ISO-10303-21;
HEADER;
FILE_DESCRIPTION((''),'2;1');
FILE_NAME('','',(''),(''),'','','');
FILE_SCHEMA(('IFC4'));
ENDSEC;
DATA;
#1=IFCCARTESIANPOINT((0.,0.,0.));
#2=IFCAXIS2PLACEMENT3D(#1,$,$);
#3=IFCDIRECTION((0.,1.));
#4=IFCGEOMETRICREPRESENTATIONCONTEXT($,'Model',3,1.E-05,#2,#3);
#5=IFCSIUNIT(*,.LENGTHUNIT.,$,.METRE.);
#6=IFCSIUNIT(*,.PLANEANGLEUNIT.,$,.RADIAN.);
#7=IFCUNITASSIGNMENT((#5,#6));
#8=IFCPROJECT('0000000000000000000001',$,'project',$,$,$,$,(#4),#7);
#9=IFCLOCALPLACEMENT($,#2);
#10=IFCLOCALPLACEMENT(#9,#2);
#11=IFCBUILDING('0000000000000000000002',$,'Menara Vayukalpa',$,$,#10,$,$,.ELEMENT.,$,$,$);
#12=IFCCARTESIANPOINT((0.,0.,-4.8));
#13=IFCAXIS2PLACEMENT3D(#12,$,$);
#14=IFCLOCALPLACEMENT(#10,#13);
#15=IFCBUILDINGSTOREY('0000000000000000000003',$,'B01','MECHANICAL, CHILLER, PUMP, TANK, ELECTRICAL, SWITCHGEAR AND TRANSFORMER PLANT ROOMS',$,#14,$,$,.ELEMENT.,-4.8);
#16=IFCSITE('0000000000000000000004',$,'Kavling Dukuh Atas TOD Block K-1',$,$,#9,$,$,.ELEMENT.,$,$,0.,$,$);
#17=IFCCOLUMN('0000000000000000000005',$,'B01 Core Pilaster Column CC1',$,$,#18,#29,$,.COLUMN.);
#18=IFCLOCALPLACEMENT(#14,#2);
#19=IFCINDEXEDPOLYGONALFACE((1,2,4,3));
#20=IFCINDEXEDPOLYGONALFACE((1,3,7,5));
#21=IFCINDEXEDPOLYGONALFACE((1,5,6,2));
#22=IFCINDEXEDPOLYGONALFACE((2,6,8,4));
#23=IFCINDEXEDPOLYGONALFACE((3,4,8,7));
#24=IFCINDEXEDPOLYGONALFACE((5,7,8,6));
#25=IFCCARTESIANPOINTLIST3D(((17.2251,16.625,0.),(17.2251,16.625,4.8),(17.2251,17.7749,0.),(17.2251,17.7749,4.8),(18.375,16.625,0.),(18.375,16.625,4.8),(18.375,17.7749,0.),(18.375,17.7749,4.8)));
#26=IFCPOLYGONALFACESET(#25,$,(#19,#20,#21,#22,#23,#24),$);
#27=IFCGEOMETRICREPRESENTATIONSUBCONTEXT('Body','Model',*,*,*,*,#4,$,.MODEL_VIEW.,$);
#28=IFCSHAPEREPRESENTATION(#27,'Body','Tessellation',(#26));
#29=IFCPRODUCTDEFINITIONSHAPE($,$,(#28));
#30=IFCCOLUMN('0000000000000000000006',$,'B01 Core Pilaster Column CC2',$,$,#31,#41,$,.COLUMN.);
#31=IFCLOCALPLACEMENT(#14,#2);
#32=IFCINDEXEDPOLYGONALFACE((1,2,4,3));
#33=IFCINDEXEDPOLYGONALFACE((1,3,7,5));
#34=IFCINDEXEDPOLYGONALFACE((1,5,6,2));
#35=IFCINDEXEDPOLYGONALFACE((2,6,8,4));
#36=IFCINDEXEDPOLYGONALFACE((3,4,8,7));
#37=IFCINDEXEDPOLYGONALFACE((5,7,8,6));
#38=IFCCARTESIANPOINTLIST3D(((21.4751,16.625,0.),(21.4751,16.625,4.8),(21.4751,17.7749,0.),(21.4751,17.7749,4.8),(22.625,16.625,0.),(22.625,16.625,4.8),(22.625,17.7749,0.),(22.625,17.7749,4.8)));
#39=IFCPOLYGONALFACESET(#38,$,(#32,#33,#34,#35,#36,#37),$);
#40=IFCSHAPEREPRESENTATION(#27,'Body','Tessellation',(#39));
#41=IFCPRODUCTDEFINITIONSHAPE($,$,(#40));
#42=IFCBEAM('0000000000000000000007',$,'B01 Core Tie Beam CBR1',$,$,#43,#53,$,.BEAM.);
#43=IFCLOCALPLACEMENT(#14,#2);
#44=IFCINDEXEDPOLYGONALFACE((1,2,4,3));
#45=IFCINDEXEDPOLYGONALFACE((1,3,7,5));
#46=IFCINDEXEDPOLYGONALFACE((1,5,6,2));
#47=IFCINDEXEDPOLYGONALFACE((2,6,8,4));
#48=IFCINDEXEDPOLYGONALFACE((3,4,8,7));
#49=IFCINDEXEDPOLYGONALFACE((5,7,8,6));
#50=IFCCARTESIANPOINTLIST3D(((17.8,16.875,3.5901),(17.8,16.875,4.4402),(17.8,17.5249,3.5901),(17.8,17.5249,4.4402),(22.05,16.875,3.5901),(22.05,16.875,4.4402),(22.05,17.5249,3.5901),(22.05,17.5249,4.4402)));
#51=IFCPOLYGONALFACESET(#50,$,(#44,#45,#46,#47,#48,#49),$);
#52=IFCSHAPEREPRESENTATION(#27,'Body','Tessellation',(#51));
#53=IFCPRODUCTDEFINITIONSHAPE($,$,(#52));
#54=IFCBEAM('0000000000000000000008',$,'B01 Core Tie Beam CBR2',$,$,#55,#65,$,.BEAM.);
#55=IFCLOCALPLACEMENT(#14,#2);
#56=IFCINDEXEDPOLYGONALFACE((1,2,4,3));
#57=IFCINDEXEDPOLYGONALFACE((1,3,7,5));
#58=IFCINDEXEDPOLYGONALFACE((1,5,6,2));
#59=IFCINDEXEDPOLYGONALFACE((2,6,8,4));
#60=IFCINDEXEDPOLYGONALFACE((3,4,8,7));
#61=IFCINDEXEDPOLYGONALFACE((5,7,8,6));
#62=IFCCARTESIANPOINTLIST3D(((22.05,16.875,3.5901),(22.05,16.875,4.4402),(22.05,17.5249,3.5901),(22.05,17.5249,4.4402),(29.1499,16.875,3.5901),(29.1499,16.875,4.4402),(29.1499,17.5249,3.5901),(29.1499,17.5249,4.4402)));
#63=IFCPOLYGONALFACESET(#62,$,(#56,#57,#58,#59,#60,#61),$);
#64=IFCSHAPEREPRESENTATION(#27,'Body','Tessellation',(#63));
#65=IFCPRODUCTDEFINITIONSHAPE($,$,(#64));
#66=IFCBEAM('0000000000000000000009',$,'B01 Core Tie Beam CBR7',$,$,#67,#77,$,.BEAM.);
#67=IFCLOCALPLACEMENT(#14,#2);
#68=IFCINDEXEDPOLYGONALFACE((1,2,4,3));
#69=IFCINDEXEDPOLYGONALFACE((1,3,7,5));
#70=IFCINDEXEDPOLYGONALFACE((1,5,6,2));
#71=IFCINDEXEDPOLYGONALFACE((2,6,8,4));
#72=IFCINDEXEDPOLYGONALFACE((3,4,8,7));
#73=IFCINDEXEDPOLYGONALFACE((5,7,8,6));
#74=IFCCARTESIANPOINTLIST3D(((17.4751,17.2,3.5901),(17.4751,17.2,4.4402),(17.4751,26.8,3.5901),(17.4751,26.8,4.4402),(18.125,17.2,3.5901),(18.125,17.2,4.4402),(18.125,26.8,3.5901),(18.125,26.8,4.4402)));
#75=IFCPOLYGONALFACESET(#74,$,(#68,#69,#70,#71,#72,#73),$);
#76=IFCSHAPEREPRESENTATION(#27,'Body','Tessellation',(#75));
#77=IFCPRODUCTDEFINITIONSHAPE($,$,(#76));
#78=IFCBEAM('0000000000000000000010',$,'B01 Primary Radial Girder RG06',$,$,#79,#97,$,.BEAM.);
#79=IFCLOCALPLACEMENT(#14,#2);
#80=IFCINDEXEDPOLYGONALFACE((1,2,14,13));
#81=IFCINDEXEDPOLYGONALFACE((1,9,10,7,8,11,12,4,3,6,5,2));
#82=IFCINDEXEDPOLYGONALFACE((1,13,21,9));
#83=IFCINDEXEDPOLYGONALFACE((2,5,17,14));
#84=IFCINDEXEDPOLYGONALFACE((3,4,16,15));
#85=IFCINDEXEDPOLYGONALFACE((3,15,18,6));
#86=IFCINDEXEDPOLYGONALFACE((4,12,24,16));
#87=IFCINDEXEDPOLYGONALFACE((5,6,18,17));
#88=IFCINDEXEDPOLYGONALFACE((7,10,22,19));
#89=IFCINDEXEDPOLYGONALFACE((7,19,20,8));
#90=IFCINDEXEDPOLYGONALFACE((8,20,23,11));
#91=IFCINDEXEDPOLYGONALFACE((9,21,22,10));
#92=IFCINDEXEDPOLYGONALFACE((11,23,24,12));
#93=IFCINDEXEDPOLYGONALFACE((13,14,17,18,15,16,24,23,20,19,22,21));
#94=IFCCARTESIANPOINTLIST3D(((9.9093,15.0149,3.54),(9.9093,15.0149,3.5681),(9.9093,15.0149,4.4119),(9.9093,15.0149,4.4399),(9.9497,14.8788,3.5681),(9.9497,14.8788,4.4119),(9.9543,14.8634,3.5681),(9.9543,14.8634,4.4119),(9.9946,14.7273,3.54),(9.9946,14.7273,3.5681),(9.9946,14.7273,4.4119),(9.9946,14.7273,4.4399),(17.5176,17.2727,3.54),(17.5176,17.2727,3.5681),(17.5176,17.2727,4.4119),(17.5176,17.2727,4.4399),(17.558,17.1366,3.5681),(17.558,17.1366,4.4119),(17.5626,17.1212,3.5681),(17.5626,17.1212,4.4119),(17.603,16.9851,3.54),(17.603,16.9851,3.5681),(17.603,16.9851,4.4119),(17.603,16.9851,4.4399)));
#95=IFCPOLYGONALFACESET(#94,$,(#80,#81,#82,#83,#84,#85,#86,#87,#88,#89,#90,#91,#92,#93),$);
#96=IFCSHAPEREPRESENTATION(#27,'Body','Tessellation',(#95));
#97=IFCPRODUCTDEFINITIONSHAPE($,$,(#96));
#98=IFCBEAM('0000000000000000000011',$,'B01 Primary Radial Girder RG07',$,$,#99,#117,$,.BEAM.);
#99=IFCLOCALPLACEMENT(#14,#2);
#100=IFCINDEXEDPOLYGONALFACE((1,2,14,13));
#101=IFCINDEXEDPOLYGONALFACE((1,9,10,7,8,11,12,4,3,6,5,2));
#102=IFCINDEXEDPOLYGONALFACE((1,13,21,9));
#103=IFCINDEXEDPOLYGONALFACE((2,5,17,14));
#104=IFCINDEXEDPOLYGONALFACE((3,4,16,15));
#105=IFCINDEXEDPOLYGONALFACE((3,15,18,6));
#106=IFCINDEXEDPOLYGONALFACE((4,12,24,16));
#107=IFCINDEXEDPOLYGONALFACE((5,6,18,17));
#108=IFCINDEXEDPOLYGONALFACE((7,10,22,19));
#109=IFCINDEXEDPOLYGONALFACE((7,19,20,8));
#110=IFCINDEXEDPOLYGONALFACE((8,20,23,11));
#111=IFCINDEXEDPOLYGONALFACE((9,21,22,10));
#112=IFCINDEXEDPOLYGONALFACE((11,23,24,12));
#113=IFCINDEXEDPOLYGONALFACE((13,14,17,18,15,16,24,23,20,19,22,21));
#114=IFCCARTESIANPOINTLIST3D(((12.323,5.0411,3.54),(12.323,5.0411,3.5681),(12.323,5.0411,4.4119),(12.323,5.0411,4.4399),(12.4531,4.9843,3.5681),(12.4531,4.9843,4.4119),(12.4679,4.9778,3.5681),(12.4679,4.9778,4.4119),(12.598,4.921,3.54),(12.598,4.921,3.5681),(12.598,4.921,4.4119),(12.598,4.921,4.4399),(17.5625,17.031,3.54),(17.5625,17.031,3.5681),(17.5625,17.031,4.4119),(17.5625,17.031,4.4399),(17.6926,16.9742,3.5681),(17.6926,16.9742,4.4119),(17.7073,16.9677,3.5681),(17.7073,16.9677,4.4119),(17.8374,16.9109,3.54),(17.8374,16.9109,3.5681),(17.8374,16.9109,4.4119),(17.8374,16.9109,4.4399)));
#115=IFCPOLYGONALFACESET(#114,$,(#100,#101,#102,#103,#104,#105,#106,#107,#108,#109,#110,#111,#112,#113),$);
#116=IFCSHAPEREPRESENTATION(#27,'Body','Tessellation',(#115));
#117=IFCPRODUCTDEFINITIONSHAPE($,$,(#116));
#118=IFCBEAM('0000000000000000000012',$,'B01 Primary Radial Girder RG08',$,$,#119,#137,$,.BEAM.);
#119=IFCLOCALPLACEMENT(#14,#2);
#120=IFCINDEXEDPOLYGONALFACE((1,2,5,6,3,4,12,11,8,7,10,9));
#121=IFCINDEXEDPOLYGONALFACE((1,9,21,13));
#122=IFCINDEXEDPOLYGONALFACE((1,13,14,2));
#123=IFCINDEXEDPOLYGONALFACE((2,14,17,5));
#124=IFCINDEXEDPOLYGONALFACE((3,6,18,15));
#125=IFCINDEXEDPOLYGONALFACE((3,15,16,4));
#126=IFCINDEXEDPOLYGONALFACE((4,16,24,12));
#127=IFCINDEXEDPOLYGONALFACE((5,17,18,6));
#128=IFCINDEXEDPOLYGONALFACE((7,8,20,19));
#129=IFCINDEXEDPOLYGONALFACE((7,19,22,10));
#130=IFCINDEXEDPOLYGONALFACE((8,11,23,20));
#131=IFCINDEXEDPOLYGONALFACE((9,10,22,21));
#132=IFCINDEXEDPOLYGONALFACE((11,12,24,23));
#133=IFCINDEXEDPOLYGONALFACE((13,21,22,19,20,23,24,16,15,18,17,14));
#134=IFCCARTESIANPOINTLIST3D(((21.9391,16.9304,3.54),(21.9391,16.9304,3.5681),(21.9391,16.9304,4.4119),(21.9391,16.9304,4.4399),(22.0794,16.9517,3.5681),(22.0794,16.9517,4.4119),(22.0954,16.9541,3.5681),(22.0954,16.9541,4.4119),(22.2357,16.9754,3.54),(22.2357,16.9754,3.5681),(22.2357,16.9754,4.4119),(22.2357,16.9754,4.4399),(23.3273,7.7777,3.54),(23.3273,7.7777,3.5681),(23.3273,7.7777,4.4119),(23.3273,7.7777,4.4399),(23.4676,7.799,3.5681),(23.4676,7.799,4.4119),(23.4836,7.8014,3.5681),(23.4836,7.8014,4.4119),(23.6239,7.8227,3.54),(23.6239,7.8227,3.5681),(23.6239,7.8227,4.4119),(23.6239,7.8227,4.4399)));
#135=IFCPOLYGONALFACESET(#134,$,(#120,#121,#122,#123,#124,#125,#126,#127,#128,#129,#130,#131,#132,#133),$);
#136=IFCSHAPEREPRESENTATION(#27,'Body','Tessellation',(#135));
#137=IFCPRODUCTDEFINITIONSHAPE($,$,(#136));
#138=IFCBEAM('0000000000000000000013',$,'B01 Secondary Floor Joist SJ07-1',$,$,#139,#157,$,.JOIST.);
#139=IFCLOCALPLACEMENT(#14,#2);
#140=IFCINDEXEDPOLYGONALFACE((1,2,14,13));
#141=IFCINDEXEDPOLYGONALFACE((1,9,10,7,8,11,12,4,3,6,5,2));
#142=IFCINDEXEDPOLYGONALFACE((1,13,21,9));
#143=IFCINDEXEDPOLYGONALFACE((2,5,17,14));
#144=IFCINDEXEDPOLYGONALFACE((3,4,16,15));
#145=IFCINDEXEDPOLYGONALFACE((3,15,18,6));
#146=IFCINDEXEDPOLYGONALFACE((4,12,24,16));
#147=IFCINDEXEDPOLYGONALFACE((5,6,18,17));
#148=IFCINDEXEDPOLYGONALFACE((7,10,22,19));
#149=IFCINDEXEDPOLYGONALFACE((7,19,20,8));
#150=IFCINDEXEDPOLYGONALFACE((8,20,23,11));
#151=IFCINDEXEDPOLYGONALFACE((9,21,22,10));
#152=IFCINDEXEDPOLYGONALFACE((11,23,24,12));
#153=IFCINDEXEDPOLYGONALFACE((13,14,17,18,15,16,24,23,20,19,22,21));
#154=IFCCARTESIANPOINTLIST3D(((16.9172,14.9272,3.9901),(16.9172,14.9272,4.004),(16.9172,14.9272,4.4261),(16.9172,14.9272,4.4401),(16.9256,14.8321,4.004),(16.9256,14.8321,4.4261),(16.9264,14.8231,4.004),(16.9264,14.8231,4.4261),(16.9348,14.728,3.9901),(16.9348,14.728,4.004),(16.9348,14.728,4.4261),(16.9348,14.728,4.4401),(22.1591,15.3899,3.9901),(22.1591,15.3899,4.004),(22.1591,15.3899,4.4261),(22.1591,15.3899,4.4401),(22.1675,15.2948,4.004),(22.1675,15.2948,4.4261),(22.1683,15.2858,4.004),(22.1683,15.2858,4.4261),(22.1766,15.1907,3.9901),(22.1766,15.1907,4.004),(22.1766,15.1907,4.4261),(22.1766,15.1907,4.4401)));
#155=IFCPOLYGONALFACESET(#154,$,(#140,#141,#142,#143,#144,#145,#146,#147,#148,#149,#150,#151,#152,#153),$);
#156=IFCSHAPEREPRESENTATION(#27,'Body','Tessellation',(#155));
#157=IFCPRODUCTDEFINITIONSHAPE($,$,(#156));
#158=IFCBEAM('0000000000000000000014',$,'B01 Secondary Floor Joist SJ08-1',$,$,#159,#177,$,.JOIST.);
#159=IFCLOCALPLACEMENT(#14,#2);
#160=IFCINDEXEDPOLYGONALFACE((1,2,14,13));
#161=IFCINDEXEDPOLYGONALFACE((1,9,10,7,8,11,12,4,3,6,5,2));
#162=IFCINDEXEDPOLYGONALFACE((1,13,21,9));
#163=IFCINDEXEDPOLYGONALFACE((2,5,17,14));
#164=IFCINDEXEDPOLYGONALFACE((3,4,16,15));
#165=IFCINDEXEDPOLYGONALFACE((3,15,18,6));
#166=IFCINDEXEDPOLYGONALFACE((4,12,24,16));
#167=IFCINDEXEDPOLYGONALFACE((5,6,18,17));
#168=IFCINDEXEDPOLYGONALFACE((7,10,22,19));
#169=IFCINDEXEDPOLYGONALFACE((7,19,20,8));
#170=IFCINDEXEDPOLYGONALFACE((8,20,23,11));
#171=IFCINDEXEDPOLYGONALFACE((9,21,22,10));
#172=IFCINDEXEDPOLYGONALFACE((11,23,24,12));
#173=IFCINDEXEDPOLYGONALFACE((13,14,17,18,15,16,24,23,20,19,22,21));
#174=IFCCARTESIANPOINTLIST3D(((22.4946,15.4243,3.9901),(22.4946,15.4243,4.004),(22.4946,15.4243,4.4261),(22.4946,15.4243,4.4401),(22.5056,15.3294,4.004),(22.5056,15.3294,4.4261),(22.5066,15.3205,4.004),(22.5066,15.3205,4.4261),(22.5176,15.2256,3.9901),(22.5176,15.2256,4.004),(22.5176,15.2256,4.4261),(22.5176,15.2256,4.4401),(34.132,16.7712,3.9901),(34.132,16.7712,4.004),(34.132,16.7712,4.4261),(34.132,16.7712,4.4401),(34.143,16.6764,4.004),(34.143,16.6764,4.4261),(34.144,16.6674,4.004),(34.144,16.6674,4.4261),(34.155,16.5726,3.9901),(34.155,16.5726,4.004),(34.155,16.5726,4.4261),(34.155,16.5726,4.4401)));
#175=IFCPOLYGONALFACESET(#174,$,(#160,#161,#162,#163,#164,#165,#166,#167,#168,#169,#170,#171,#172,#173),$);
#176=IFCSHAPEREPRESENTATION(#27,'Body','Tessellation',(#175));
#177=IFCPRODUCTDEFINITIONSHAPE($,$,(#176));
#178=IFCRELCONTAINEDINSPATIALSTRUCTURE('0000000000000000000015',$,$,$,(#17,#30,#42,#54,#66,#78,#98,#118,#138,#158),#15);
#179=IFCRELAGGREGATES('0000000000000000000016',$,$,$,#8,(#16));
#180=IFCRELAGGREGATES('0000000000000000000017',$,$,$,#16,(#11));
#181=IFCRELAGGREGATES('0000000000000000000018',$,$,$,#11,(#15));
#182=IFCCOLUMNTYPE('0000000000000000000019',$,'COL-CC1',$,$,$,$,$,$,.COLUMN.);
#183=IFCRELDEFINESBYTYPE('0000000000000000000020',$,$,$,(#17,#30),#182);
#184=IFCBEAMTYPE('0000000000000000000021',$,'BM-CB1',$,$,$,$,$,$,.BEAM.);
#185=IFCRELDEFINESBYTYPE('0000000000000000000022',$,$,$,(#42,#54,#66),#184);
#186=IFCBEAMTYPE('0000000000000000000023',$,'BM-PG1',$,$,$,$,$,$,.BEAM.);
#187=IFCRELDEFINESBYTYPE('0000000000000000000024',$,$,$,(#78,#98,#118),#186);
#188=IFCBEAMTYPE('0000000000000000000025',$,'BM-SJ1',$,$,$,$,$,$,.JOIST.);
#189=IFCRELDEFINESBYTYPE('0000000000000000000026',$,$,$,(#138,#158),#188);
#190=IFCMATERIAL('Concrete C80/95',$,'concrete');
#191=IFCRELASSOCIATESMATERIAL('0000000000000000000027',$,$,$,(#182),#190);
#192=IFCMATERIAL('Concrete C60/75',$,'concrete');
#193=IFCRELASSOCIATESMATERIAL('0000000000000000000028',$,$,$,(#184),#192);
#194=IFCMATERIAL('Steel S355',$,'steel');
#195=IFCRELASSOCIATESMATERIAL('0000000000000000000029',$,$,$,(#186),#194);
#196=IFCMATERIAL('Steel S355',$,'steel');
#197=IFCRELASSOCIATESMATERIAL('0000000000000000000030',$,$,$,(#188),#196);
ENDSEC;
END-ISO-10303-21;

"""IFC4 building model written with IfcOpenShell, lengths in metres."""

from ifc_helpers import new_model, si_unit, direction, frame, origin, origin_2d, place, context, subcontext, project, spatial, rectangle, i_section, extrude, material, material_profile, profile_set, type_object, element, save


model = new_model("IFC4")

# Units and contexts
model_context = context("Model", 3, precision=1e-05, world=origin(), true_north=direction((0.0, 1.0)))
body_context = subcontext(model_context, "Body", "Model", "MODEL_VIEW")
ifc_project = project(units=[si_unit("LENGTHUNIT", "METRE"), si_unit("PLANEANGLEUNIT", "RADIAN")], contexts=[model_context])

# Site, building, storey
site_placement = place(None, origin())
site = spatial("IfcSite", under=ifc_project, at=site_placement, Name="Kavling Dukuh Atas TOD Block K-1", CompositionType="ELEMENT", RefElevation=0.0)
building_placement = place(site_placement, origin())
building = spatial("IfcBuilding", under=site, at=building_placement, Name="Menara Vayukalpa", CompositionType="ELEMENT")
storey_placement = place(building_placement, frame((0.0, 0.0, -4.8)))
storey = spatial("IfcBuildingStorey", under=building, at=storey_placement, Name="B01", Description="MECHANICAL, CHILLER, PUMP, TANK, ELECTRICAL, SWITCHGEAR AND TRANSFORMER PLANT ROOMS", CompositionType="ELEMENT", Elevation=-4.8)

# Columns
ifc_material_1 = material(Name="Concrete C80/95", Category="concrete")
ifc_material_profile_1 = material_profile(ifc_material_1, rectangle(XDim=1.1499, YDim=1.1499, at=origin_2d()), Name="RC 1150x1150")
ifc_profile_set_1 = profile_set([ifc_material_profile_1], Name="Concrete C80/95")
column_type = type_object("IfcColumnType", Name="COL-CC1", PredefinedType="COLUMN", material=ifc_profile_set_1)
for number, where, z_axis, x_axis, name in (
    (1, (17.8, 17.2, 0.0), (0.0, 0.0, 1.0), (1.0, 0.0, 0.0), "B01 Core Pilaster Column CC1"),
    (2, (22.05, 17.2, 0.0), (0.0, 0.0, 1.0), (1.0, 0.0, 0.0), "B01 Core Pilaster Column CC2"),
):
    element("IfcColumn", number, at=place(storey_placement, frame(where, z_axis=z_axis, x_axis=x_axis)), inside=storey, type_object=column_type, Name=name, PredefinedType="COLUMN", context=body_context, shape_type="SweptSolid", body=[
        extrude(rectangle(XDim=1.1499, YDim=1.1499, at=origin_2d()), origin(), (0.0, 0.0, 1.0), 4.8),
    ])

# Beams
ifc_material_2 = material(Name="Concrete C60/75", Category="concrete")
ifc_material_profile_2 = material_profile(ifc_material_2, rectangle(XDim=0.6499, YDim=0.8501, at=origin_2d()), Name="RC 650x850")
ifc_profile_set_2 = profile_set([ifc_material_profile_2], Name="Concrete C60/75")
beam_type_1 = type_object("IfcBeamType", Name="BM-CB1", PredefinedType="BEAM", material=ifc_profile_set_2)
beam_1_placement = place(storey_placement, frame((17.8, 17.2, 4.0151), z_axis=(1.0, 0.0, 0.0), x_axis=(0.0, 1.0, 0.0)))
element("IfcBeam", 3, at=beam_1_placement, inside=storey, type_object=beam_type_1, Name="B01 Core Tie Beam CBR1", PredefinedType="BEAM", context=body_context, shape_type="SweptSolid", body=[
    extrude(rectangle(XDim=0.6499, YDim=0.8501, at=origin_2d()), origin(), (0.0, 0.0, 1.0), 4.25),
])
beam_2_placement = place(storey_placement, frame((22.05, 17.2, 4.0151), z_axis=(1.0, 0.0, 0.0), x_axis=(0.0, 1.0, 0.0)))
element("IfcBeam", 4, at=beam_2_placement, inside=storey, type_object=beam_type_1, Name="B01 Core Tie Beam CBR2", PredefinedType="BEAM", context=body_context, shape_type="SweptSolid", body=[
    extrude(rectangle(XDim=0.6499, YDim=0.8501, at=origin_2d()), origin(), (0.0, 0.0, 1.0), 7.0999),
])
beam_3_placement = place(storey_placement, frame((17.8, 17.2, 4.0151), z_axis=(0.0, 1.0, 0.0), x_axis=(-1.0, 0.0, 0.0)))
element("IfcBeam", 5, at=beam_3_placement, inside=storey, type_object=beam_type_1, Name="B01 Core Tie Beam CBR7", PredefinedType="BEAM", context=body_context, shape_type="SweptSolid", body=[
    extrude(rectangle(XDim=0.6499, YDim=0.8501, at=origin_2d()), origin(), (0.0, 0.0, 1.0), 9.6001),
])
ifc_material_3 = material(Name="Steel S355", Category="steel")
ifc_material_profile_3 = material_profile(ifc_material_3, i_section(OverallWidth=0.3, OverallDepth=0.8999, WebThickness=0.0161, FlangeThickness=0.0281, at=origin_2d()), Name="WF 900x300x16x28")
ifc_profile_set_3 = profile_set([ifc_material_profile_3], Name="Steel S355")
beam_type_2 = type_object("IfcBeamType", Name="BM-PG1", PredefinedType="BEAM", material=ifc_profile_set_3)
beam_4_placement = place(storey_placement, frame((17.5603, 17.1289, 3.99), z_axis=(-0.958679, -0.284491, 0.0), x_axis=(0.284491, -0.958679, 0.0)))
element("IfcBeam", 6, at=beam_4_placement, inside=storey, type_object=beam_type_2, Name="B01 Primary Radial Girder RG06", PredefinedType="BEAM", context=body_context, shape_type="SweptSolid", body=[
    extrude(i_section(OverallWidth=0.3, OverallDepth=0.8999, WebThickness=0.0161, FlangeThickness=0.0281, at=origin_2d()), origin(), (0.0, 0.0, 1.0), 7.9363),
])
beam_5_placement = place(storey_placement, frame((17.7, 16.9709, 3.99), z_axis=(-0.400426, -0.916329, 0.0), x_axis=(0.916329, -0.400426, 0.0)))
element("IfcBeam", 7, at=beam_5_placement, inside=storey, type_object=beam_type_2, Name="B01 Primary Radial Girder RG07", PredefinedType="BEAM", context=body_context, shape_type="SweptSolid", body=[
    extrude(i_section(OverallWidth=0.3, OverallDepth=0.8999, WebThickness=0.0161, FlangeThickness=0.0281, at=origin_2d()), origin(), (0.0, 0.0, 1.0), 13.0847),
])
beam_6_placement = place(storey_placement, frame((22.0874, 16.9529, 3.99), z_axis=(0.149956, -0.988693, 0.0), x_axis=(0.988693, 0.149956, 0.0)))
element("IfcBeam", 8, at=beam_6_placement, inside=storey, type_object=beam_type_2, Name="B01 Primary Radial Girder RG08", PredefinedType="BEAM", context=body_context, shape_type="SweptSolid", body=[
    extrude(i_section(OverallWidth=0.3, OverallDepth=0.8999, WebThickness=0.0161, FlangeThickness=0.0281, at=origin_2d()), origin(), (0.0, 0.0, 1.0), 9.2573),
])
ifc_material_4 = material(Name="Steel S355", Category="steel")
ifc_material_profile_4 = material_profile(ifc_material_4, i_section(OverallWidth=0.2, OverallDepth=0.45, WebThickness=0.009, FlangeThickness=0.0139, at=origin_2d()), Name="WF 450x200x9x14")
ifc_profile_set_4 = profile_set([ifc_material_profile_4], Name="Steel S355")
beam_type_3 = type_object("IfcBeamType", Name="BM-SJ1", PredefinedType="JOIST", material=ifc_profile_set_4)
beam_7_placement = place(storey_placement, frame((16.926, 14.8276, 4.2151), z_axis=(0.996128, 0.087917, 0.0), x_axis=(-0.087917, 0.996128, 0.0)))
element("IfcBeam", 9, at=beam_7_placement, inside=storey, type_object=beam_type_3, Name="B01 Secondary Floor Joist SJ07-1", PredefinedType="JOIST", context=body_context, shape_type="SweptSolid", body=[
    extrude(i_section(OverallWidth=0.2, OverallDepth=0.45, WebThickness=0.009, FlangeThickness=0.0139, at=origin_2d()), origin(), (0.0, 0.0, 1.0), 5.2622),
])
beam_8_placement = place(storey_placement, frame((22.5061, 15.325, 4.2151), z_axis=(0.993369, 0.114973, 0.0), x_axis=(-0.114973, 0.993369, 0.0)))
element("IfcBeam", 10, at=beam_8_placement, inside=storey, type_object=beam_type_3, Name="B01 Secondary Floor Joist SJ08-1", PredefinedType="JOIST", context=body_context, shape_type="SweptSolid", body=[
    extrude(i_section(OverallWidth=0.2, OverallDepth=0.45, WebThickness=0.009, FlangeThickness=0.0139, at=origin_2d()), origin(), (0.0, 0.0, 1.0), 11.7151),
])

save(model, "model.ifc")
